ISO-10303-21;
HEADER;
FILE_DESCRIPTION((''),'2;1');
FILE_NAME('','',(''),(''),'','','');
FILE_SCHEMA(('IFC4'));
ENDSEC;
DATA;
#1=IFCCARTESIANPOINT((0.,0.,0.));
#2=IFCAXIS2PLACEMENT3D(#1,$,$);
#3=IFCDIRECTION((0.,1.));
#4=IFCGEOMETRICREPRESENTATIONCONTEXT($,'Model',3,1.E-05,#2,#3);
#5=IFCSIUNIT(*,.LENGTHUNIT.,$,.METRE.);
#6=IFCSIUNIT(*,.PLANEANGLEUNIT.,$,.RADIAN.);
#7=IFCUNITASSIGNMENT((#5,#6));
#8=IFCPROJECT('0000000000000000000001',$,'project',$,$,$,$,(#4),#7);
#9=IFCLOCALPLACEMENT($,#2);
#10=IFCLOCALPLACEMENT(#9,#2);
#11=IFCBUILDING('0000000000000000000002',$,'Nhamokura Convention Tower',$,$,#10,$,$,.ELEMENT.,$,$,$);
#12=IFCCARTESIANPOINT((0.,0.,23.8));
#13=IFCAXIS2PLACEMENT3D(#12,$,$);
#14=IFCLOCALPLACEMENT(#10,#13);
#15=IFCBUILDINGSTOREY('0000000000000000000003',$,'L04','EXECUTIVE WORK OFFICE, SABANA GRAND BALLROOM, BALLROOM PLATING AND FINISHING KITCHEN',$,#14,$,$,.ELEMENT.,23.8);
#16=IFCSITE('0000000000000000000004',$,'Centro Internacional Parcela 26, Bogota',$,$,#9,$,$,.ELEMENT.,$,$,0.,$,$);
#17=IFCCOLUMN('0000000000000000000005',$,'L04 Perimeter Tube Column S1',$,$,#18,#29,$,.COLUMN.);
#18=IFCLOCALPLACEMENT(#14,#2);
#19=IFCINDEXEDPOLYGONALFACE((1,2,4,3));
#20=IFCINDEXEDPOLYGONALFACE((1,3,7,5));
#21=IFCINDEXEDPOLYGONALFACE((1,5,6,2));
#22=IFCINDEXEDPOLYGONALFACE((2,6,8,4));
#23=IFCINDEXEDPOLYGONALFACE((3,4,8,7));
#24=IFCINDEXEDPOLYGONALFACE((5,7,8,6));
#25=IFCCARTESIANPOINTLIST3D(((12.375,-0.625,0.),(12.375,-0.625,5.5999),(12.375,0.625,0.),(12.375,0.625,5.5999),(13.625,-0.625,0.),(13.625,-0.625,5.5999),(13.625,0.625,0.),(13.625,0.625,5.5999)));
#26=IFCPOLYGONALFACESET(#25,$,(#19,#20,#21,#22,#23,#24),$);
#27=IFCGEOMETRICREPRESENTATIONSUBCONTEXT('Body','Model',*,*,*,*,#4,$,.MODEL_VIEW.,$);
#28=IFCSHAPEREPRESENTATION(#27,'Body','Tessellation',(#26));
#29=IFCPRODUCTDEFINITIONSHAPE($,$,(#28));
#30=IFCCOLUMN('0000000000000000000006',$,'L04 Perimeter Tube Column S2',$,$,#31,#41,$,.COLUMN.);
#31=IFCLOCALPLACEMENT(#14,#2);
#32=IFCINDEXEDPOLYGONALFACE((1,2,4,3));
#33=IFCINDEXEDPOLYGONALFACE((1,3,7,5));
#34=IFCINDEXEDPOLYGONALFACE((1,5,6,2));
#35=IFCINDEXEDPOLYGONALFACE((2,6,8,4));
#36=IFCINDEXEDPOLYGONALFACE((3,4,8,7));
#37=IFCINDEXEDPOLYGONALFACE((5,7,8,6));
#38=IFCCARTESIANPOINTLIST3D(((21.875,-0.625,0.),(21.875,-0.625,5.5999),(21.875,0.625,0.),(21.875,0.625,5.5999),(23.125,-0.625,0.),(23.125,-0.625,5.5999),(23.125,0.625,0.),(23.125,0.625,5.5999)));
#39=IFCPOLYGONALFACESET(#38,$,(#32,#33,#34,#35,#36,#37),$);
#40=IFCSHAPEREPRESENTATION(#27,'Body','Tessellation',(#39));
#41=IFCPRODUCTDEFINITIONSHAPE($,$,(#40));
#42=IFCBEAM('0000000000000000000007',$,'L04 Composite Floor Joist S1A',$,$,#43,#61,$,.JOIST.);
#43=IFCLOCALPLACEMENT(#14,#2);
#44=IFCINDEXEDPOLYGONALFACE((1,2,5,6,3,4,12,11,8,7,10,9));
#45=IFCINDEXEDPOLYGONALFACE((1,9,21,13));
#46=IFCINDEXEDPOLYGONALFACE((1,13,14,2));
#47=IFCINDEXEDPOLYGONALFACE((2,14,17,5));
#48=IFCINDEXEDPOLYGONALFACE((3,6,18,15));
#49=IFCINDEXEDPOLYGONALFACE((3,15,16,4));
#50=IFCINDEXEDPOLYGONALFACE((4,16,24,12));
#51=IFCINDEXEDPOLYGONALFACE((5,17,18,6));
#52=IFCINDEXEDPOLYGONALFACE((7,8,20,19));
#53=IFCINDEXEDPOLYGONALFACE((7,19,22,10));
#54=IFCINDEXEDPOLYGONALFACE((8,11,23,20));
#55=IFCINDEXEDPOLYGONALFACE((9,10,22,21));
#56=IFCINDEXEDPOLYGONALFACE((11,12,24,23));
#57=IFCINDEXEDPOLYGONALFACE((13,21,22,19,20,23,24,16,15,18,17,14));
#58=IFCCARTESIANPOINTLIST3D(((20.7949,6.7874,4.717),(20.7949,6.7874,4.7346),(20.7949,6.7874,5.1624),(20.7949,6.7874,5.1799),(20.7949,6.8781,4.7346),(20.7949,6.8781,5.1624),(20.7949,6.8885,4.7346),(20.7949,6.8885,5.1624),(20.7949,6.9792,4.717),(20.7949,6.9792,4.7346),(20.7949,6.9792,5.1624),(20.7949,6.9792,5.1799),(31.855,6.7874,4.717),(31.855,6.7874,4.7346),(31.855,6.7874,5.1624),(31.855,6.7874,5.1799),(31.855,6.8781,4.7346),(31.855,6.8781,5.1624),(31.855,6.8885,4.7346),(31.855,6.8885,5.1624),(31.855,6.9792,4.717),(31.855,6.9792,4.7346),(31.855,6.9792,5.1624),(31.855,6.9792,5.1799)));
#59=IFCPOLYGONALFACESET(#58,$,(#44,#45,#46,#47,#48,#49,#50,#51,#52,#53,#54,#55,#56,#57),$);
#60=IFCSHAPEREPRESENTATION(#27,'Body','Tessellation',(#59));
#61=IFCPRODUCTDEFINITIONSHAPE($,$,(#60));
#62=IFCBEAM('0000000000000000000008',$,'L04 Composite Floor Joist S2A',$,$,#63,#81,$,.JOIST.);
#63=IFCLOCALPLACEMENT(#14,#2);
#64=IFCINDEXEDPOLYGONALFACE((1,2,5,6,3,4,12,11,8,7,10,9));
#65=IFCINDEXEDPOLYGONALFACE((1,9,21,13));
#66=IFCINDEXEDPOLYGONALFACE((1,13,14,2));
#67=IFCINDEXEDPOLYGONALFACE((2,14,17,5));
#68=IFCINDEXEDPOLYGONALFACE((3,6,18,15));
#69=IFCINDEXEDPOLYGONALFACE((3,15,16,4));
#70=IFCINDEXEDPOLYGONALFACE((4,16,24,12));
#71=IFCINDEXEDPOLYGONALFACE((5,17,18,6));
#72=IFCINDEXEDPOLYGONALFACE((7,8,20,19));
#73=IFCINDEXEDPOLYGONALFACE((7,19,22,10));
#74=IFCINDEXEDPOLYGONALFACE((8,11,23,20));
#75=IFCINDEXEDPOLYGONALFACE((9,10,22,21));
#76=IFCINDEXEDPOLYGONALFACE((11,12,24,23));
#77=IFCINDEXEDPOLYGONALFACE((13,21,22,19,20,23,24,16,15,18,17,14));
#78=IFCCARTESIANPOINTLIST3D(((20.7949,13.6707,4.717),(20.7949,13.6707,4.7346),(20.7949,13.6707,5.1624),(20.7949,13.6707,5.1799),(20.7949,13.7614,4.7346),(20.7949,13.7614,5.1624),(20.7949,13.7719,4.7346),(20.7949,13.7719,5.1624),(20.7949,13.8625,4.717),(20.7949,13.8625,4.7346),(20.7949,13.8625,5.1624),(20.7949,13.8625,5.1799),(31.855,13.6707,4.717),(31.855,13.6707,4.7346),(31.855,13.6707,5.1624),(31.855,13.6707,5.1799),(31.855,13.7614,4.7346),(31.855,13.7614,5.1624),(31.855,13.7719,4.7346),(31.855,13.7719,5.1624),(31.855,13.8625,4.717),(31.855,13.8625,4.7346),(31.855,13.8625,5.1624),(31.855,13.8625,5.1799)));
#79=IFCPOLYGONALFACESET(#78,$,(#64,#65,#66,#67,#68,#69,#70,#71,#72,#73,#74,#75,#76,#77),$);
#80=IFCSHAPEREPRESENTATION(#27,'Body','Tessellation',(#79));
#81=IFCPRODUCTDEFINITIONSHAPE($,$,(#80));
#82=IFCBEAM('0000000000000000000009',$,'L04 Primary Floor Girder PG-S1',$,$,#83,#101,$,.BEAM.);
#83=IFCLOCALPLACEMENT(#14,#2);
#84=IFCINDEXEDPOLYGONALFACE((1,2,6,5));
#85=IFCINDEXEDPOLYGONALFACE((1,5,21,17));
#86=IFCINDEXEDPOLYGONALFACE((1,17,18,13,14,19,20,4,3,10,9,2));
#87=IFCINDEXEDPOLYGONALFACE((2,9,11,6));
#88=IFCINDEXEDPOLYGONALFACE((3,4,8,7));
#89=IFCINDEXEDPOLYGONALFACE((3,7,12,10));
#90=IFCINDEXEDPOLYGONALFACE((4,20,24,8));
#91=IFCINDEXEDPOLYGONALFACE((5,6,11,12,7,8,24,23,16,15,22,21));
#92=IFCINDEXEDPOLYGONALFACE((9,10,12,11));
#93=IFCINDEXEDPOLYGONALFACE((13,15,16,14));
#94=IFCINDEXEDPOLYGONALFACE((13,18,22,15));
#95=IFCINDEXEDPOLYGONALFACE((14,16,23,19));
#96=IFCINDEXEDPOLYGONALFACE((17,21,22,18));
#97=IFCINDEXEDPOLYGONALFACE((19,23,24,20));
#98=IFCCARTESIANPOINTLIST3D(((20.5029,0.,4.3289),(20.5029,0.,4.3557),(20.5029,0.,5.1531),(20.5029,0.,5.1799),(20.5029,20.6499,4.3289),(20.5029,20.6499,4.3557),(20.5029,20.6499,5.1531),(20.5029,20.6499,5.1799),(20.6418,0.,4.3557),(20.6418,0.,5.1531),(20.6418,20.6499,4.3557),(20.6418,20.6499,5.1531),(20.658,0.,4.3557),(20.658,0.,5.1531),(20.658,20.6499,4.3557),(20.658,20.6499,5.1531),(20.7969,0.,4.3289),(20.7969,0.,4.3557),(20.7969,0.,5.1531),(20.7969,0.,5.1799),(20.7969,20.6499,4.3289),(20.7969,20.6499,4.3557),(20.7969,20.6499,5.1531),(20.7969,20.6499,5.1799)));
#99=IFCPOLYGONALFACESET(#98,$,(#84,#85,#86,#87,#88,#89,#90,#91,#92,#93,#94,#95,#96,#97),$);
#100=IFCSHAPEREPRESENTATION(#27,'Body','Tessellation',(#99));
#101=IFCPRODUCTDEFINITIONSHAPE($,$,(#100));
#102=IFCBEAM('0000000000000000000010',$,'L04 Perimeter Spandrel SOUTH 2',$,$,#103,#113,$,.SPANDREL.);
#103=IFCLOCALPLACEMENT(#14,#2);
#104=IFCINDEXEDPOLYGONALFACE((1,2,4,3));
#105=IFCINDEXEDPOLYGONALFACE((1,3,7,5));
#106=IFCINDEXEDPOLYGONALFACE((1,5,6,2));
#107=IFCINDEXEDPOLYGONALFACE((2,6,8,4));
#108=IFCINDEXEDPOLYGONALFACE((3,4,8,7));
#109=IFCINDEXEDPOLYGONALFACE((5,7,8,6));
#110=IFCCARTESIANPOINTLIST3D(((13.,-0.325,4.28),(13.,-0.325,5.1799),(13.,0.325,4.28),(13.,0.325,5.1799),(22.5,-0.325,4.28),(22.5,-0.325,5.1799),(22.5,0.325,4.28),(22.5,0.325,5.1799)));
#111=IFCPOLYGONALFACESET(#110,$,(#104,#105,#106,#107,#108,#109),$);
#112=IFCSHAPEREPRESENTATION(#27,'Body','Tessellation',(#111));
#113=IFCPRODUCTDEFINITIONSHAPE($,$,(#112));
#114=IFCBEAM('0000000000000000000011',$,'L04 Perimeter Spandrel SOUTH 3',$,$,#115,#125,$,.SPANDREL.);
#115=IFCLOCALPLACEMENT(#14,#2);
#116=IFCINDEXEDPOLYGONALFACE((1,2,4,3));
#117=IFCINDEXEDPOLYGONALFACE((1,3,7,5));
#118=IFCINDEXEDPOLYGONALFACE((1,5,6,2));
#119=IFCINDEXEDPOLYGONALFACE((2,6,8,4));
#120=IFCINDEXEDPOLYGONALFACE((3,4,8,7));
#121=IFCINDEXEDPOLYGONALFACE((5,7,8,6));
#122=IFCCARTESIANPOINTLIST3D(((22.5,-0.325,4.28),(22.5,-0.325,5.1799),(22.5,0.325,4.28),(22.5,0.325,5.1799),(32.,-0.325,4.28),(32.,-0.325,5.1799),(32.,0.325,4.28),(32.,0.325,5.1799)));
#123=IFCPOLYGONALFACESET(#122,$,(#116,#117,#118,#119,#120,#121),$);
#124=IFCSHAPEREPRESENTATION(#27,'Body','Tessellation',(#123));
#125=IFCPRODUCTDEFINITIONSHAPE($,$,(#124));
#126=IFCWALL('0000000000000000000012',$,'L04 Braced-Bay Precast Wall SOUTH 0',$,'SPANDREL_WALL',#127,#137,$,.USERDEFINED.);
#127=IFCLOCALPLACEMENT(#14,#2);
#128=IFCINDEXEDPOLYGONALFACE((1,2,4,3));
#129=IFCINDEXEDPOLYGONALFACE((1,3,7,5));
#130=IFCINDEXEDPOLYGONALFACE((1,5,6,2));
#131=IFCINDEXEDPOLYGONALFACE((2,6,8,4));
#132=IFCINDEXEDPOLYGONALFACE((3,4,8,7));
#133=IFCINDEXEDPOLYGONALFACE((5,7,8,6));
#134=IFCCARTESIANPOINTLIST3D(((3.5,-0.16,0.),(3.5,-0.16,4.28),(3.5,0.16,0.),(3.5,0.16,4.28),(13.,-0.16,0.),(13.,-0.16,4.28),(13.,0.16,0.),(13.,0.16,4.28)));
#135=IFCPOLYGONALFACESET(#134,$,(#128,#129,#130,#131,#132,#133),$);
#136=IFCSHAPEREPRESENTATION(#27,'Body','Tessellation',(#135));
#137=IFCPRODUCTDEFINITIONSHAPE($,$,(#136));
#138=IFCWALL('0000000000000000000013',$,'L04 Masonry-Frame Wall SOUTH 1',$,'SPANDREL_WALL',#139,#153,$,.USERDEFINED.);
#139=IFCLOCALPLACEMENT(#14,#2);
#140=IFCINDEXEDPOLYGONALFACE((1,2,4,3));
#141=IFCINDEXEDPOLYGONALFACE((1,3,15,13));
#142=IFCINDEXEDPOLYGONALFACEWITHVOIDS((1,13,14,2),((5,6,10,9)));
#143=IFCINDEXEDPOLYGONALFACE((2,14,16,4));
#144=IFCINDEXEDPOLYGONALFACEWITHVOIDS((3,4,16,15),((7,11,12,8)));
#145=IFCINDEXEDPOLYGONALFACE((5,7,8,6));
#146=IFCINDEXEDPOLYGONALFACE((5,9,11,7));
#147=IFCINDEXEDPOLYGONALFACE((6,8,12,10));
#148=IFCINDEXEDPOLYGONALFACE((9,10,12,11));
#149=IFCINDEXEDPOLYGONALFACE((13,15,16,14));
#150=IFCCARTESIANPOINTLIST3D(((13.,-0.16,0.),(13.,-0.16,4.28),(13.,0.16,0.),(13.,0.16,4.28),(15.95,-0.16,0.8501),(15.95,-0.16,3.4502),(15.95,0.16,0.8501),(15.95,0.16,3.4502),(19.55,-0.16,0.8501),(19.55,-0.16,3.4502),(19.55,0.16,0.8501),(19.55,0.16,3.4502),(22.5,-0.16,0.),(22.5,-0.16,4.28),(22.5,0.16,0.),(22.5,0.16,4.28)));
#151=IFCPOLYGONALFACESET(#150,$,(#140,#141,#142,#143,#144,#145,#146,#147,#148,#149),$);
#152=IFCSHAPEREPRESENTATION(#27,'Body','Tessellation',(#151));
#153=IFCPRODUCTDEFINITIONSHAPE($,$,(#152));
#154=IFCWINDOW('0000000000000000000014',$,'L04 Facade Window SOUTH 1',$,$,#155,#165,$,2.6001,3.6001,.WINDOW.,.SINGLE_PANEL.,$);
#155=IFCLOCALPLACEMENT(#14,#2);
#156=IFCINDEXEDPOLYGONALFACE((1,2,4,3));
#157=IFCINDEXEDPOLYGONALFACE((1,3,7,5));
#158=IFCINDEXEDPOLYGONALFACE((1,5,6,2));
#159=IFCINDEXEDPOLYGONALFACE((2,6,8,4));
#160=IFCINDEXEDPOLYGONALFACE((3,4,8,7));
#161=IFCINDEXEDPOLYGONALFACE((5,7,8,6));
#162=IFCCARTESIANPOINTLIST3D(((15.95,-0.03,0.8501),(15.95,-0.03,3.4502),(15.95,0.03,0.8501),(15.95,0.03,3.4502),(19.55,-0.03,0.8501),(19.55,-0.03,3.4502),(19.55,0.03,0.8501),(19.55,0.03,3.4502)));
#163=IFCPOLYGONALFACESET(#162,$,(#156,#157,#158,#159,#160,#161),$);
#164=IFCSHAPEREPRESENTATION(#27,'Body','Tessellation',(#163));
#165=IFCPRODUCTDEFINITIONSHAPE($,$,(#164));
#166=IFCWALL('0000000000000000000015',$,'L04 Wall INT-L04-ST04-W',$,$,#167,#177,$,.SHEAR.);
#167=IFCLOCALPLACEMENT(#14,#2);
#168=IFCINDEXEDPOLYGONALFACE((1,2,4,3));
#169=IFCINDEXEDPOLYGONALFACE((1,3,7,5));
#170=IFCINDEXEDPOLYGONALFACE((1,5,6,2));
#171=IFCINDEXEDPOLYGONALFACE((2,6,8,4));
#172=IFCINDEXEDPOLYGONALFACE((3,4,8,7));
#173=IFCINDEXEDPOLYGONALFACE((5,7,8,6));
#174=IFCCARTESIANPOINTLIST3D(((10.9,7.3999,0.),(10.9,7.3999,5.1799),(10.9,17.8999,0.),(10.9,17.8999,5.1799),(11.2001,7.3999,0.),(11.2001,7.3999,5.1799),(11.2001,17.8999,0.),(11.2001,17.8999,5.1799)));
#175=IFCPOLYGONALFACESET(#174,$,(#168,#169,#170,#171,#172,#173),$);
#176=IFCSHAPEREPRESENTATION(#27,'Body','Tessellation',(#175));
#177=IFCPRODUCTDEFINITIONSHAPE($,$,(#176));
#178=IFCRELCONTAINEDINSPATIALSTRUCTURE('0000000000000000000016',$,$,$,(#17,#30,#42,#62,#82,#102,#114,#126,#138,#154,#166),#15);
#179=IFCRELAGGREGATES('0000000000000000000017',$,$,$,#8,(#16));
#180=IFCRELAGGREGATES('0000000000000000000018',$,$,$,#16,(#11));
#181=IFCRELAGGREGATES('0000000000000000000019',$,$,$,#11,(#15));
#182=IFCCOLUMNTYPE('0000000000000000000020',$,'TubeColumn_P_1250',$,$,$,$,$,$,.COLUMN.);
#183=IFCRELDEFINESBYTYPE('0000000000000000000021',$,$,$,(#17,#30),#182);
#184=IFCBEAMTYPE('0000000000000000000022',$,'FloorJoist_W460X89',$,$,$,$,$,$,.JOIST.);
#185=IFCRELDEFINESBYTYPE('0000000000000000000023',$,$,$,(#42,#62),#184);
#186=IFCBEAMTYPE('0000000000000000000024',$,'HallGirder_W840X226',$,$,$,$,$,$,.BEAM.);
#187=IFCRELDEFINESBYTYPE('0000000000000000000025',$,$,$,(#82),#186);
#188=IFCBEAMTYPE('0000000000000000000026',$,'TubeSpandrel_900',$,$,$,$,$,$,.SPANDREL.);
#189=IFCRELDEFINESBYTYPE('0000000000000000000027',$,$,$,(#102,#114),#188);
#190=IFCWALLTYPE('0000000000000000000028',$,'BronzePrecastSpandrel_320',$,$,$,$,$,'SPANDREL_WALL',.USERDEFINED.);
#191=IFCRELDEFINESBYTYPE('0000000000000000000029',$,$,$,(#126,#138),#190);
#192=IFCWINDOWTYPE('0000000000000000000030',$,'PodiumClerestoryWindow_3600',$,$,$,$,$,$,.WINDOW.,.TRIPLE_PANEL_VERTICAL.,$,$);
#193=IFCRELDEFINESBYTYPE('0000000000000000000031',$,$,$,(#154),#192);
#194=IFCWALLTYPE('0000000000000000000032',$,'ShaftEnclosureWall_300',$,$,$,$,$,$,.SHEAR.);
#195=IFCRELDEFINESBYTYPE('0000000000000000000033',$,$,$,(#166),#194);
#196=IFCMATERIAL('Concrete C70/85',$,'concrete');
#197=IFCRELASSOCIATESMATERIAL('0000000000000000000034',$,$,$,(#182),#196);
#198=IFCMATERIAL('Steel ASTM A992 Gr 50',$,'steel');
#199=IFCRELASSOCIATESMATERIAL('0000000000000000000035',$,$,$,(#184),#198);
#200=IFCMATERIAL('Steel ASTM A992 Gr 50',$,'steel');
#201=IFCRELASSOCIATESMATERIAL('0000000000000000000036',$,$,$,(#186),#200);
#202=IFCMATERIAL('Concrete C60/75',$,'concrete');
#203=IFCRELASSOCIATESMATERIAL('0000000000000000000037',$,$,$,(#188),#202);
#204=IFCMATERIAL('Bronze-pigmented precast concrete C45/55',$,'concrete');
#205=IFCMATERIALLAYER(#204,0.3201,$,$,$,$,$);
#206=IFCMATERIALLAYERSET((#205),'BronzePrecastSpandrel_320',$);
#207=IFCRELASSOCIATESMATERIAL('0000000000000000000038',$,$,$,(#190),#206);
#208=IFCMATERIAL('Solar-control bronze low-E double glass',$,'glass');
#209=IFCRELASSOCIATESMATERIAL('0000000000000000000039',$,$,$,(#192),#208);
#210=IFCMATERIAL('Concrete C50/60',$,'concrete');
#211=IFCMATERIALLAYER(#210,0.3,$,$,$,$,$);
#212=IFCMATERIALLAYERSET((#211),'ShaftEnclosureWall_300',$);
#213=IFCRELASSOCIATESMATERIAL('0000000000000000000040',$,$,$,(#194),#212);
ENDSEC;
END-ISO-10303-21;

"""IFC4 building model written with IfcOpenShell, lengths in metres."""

from ifc_helpers import new_model, si_unit, direction, frame, frame_2d, origin, origin_2d, place, context, subcontext, project, spatial, rectangle, i_section, extrude, material, layer, layer_set, material_profile, profile_set, type_object, element, fill, save


model = new_model("IFC4")

# Units and contexts
model_context = context("Model", 3, precision=1e-05, world=origin(), true_north=direction((0.0, 1.0)))
body_context = subcontext(model_context, "Body", "Model", "MODEL_VIEW")
ifc_project = project(units=[si_unit("LENGTHUNIT", "METRE"), si_unit("PLANEANGLEUNIT", "RADIAN")], contexts=[model_context])

# Site, building, storey
site_placement = place(None, origin())
site = spatial("IfcSite", under=ifc_project, at=site_placement, Name="Centro Internacional Parcela 26, Bogota", CompositionType="ELEMENT", RefElevation=0.0)
building_placement = place(site_placement, origin())
building = spatial("IfcBuilding", under=site, at=building_placement, Name="Nhamokura Convention Tower", CompositionType="ELEMENT")
storey_placement = place(building_placement, frame((0.0, 0.0, 23.8)))
storey = spatial("IfcBuildingStorey", under=building, at=storey_placement, Name="L04", Description="EXECUTIVE WORK OFFICE, SABANA GRAND BALLROOM, BALLROOM PLATING AND FINISHING KITCHEN", CompositionType="ELEMENT", Elevation=23.8)

# Columns
ifc_material_1 = material(Name="Concrete C70/85", Category="concrete")
ifc_material_profile_1 = material_profile(ifc_material_1, rectangle(XDim=1.25, YDim=1.25, at=origin_2d()))
ifc_profile_set_1 = profile_set([ifc_material_profile_1], Name="Concrete C70/85")
column_type = type_object("IfcColumnType", Name="TubeColumn_P_1250", PredefinedType="COLUMN", material=ifc_profile_set_1)
for number, where, z_axis, x_axis, name in (
    (1, (13.0, 0.0, 0.0), (0.0, 0.0, 1.0), (1.0, 0.0, 0.0), "L04 Perimeter Tube Column S1"),
    (2, (22.5, 0.0, 0.0), (0.0, 0.0, 1.0), (1.0, 0.0, 0.0), "L04 Perimeter Tube Column S2"),
):
    element("IfcColumn", number, at=place(storey_placement, frame(where, z_axis=z_axis, x_axis=x_axis)), inside=storey, type_object=column_type, Name=name, PredefinedType="COLUMN", context=body_context, shape_type="SweptSolid", body=[
        extrude(rectangle(XDim=1.25, YDim=1.25, at=origin_2d()), origin(), (0.0, 0.0, 1.0), 5.5999),
    ])

# Beams
ifc_material_2 = material(Name="Steel ASTM A992 Gr 50", Category="steel")
ifc_material_profile_2 = material_profile(ifc_material_2, i_section(OverallWidth=0.1919, OverallDepth=0.4629, WebThickness=0.0105, FlangeThickness=0.0176, at=origin_2d()))
ifc_profile_set_2 = profile_set([ifc_material_profile_2], Name="Steel ASTM A992 Gr 50")
beam_type_1 = type_object("IfcBeamType", Name="FloorJoist_W460X89", PredefinedType="JOIST", material=ifc_profile_set_2)
for number, where, z_axis, x_axis, name in (
    (3, (20.7949, 6.8833, 4.9485), (1.0, 0.0, 0.0), (0.0, 1.0, 0.0), "L04 Composite Floor Joist S1A"),
    (4, (20.7949, 13.7666, 4.9485), (1.0, 0.0, 0.0), (0.0, 1.0, 0.0), "L04 Composite Floor Joist S2A"),
):
    element("IfcBeam", number, at=place(storey_placement, frame(where, z_axis=z_axis, x_axis=x_axis)), inside=storey, type_object=beam_type_1, Name=name, PredefinedType="JOIST", context=body_context, shape_type="SweptSolid", body=[
        extrude(i_section(OverallWidth=0.1919, OverallDepth=0.4629, WebThickness=0.0105, FlangeThickness=0.0176, at=origin_2d()), origin(), (0.0, 0.0, 1.0), 11.0601),
    ])
ifc_material_3 = material(Name="Steel ASTM A992 Gr 50", Category="steel")
ifc_material_profile_3 = material_profile(ifc_material_3, i_section(OverallWidth=0.2939, OverallDepth=0.8511, WebThickness=0.0161, FlangeThickness=0.0269, at=origin_2d()))
ifc_profile_set_3 = profile_set([ifc_material_profile_3], Name="Steel ASTM A992 Gr 50")
beam_type_2 = type_object("IfcBeamType", Name="HallGirder_W840X226", PredefinedType="BEAM", material=ifc_profile_set_3)
beam_placement = place(storey_placement, frame((20.6499, 0.0, 4.7544), z_axis=(0.0, 1.0, 0.0), x_axis=(-1.0, 0.0, 0.0)))
element("IfcBeam", 5, at=beam_placement, inside=storey, type_object=beam_type_2, Name="L04 Primary Floor Girder PG-S1", PredefinedType="BEAM", context=body_context, shape_type="SweptSolid", body=[
    extrude(i_section(OverallWidth=0.2939, OverallDepth=0.8511, WebThickness=0.0161, FlangeThickness=0.0269, at=origin_2d()), origin(), (0.0, 0.0, 1.0), 20.6499),
])
ifc_material_4 = material(Name="Concrete C60/75", Category="concrete")
ifc_material_profile_4 = material_profile(ifc_material_4, rectangle(XDim=0.6499, YDim=0.8999, at=origin_2d()))
ifc_profile_set_4 = profile_set([ifc_material_profile_4], Name="Concrete C60/75")
beam_type_3 = type_object("IfcBeamType", Name="TubeSpandrel_900", PredefinedType="SPANDREL", material=ifc_profile_set_4)
for number, where, z_axis, x_axis, name in (
    (6, (13.0, 0.0, 4.73), (1.0, 0.0, 0.0), (0.0, 1.0, 0.0), "L04 Perimeter Spandrel SOUTH 2"),
    (7, (22.5, 0.0, 4.73), (1.0, 0.0, 0.0), (0.0, 1.0, 0.0), "L04 Perimeter Spandrel SOUTH 3"),
):
    element("IfcBeam", number, at=place(storey_placement, frame(where, z_axis=z_axis, x_axis=x_axis)), inside=storey, type_object=beam_type_3, Name=name, PredefinedType="SPANDREL", context=body_context, shape_type="SweptSolid", body=[
        extrude(rectangle(XDim=0.6499, YDim=0.8999, at=origin_2d()), origin(), (0.0, 0.0, 1.0), 9.5),
    ])

# Wall
ifc_material_5 = material(Name="Bronze-pigmented precast concrete C45/55", Category="concrete")
ifc_layer_1 = layer(ifc_material_5, 0.3201)
ifc_layer_set_1 = layer_set([ifc_layer_1], Name="BronzePrecastSpandrel_320")
wall_type_1 = type_object("IfcWallType", Name="BronzePrecastSpandrel_320", ElementType="SPANDREL_WALL", PredefinedType="USERDEFINED", material=ifc_layer_set_1)
wall_1_placement = place(storey_placement, frame((13.0, 0.0, 0.0), z_axis=(0.0, 0.0, 1.0), x_axis=(-1.0, 0.0, 0.0)))
element("IfcWall", 8, at=wall_1_placement, inside=storey, type_object=wall_type_1, Name="L04 Braced-Bay Precast Wall SOUTH 0", ObjectType="SPANDREL_WALL", PredefinedType="USERDEFINED", context=body_context, shape_type="SweptSolid", body=[
    extrude(rectangle(XDim=9.5, YDim=0.3201, at=frame_2d((4.75, 0.0))), origin(), (0.0, 0.0, 1.0), 4.28),
])

# Wall, opening, window
wall_2_placement = place(storey_placement, frame((22.5, 0.0, 0.0), z_axis=(0.0, 0.0, 1.0), x_axis=(-1.0, 0.0, 0.0)))
wall_2 = element("IfcWall", 9, at=wall_2_placement, inside=storey, type_object=wall_type_1, Name="L04 Masonry-Frame Wall SOUTH 1", ObjectType="SPANDREL_WALL", PredefinedType="USERDEFINED", context=body_context, shape_type="SweptSolid", body=[
    extrude(rectangle(XDim=9.5, YDim=0.3201, at=frame_2d((4.75, 0.0))), origin(), (0.0, 0.0, 1.0), 4.28),
])
opening_1_placement = place(wall_2_placement, frame((2.95, 0.0, 0.8501)))
opening_1 = element("IfcOpeningElement", 10, at=opening_1_placement, cuts=wall_2, PredefinedType="OPENING", context=body_context, shape_type="SweptSolid", body=[
    extrude(rectangle(XDim=3.6001, YDim=2.6001, at=frame_2d((1.8, 1.3))), frame((0.0, 0.1699, 0.0), z_axis=(0.0, -1.0, 0.0), x_axis=(1.0, 0.0, 0.0)), (0.0, 0.0, 1.0), 0.3401),
])
ifc_material_6 = material(Name="Solar-control bronze low-E double glass", Category="glass")
window_type = type_object("IfcWindowType", Name="PodiumClerestoryWindow_3600", PartitioningType="TRIPLE_PANEL_VERTICAL", PredefinedType="WINDOW", material=ifc_material_6)
window_placement = place(opening_1_placement, origin())
window = element("IfcWindow", 11, at=window_placement, inside=storey, type_object=window_type, Name="L04 Facade Window SOUTH 1", OverallHeight=2.6001, OverallWidth=3.6001, PartitioningType="SINGLE_PANEL", PredefinedType="WINDOW", context=body_context, shape_type="SweptSolid", body=[
    extrude(rectangle(XDim=3.6001, YDim=2.6001, at=frame_2d((1.8, 1.3))), frame((0.0, 0.03, 0.0), z_axis=(0.0, -1.0, 0.0), x_axis=(1.0, 0.0, 0.0)), (0.0, 0.0, 1.0), 0.0601),
])
fill(opening_1, window)

# Wall
ifc_material_7 = material(Name="Concrete C50/60", Category="concrete")
ifc_layer_2 = layer(ifc_material_7, 0.3)
ifc_layer_set_2 = layer_set([ifc_layer_2], Name="ShaftEnclosureWall_300")
wall_type_2 = type_object("IfcWallType", Name="ShaftEnclosureWall_300", PredefinedType="SHEAR", material=ifc_layer_set_2)
wall_3_placement = place(storey_placement, frame((11.05, 7.3999, 0.0), z_axis=(0.0, 0.0, 1.0), x_axis=(0.0, 1.0, 0.0)))
element("IfcWall", 12, at=wall_3_placement, inside=storey, type_object=wall_type_2, Name="L04 Wall INT-L04-ST04-W", PredefinedType="SHEAR", context=body_context, shape_type="SweptSolid", body=[
    extrude(rectangle(XDim=10.5, YDim=0.3, at=frame_2d((5.25, 0.0))), origin(), (0.0, 0.0, 1.0), 5.1799),
])

save(model, "model.ifc")
